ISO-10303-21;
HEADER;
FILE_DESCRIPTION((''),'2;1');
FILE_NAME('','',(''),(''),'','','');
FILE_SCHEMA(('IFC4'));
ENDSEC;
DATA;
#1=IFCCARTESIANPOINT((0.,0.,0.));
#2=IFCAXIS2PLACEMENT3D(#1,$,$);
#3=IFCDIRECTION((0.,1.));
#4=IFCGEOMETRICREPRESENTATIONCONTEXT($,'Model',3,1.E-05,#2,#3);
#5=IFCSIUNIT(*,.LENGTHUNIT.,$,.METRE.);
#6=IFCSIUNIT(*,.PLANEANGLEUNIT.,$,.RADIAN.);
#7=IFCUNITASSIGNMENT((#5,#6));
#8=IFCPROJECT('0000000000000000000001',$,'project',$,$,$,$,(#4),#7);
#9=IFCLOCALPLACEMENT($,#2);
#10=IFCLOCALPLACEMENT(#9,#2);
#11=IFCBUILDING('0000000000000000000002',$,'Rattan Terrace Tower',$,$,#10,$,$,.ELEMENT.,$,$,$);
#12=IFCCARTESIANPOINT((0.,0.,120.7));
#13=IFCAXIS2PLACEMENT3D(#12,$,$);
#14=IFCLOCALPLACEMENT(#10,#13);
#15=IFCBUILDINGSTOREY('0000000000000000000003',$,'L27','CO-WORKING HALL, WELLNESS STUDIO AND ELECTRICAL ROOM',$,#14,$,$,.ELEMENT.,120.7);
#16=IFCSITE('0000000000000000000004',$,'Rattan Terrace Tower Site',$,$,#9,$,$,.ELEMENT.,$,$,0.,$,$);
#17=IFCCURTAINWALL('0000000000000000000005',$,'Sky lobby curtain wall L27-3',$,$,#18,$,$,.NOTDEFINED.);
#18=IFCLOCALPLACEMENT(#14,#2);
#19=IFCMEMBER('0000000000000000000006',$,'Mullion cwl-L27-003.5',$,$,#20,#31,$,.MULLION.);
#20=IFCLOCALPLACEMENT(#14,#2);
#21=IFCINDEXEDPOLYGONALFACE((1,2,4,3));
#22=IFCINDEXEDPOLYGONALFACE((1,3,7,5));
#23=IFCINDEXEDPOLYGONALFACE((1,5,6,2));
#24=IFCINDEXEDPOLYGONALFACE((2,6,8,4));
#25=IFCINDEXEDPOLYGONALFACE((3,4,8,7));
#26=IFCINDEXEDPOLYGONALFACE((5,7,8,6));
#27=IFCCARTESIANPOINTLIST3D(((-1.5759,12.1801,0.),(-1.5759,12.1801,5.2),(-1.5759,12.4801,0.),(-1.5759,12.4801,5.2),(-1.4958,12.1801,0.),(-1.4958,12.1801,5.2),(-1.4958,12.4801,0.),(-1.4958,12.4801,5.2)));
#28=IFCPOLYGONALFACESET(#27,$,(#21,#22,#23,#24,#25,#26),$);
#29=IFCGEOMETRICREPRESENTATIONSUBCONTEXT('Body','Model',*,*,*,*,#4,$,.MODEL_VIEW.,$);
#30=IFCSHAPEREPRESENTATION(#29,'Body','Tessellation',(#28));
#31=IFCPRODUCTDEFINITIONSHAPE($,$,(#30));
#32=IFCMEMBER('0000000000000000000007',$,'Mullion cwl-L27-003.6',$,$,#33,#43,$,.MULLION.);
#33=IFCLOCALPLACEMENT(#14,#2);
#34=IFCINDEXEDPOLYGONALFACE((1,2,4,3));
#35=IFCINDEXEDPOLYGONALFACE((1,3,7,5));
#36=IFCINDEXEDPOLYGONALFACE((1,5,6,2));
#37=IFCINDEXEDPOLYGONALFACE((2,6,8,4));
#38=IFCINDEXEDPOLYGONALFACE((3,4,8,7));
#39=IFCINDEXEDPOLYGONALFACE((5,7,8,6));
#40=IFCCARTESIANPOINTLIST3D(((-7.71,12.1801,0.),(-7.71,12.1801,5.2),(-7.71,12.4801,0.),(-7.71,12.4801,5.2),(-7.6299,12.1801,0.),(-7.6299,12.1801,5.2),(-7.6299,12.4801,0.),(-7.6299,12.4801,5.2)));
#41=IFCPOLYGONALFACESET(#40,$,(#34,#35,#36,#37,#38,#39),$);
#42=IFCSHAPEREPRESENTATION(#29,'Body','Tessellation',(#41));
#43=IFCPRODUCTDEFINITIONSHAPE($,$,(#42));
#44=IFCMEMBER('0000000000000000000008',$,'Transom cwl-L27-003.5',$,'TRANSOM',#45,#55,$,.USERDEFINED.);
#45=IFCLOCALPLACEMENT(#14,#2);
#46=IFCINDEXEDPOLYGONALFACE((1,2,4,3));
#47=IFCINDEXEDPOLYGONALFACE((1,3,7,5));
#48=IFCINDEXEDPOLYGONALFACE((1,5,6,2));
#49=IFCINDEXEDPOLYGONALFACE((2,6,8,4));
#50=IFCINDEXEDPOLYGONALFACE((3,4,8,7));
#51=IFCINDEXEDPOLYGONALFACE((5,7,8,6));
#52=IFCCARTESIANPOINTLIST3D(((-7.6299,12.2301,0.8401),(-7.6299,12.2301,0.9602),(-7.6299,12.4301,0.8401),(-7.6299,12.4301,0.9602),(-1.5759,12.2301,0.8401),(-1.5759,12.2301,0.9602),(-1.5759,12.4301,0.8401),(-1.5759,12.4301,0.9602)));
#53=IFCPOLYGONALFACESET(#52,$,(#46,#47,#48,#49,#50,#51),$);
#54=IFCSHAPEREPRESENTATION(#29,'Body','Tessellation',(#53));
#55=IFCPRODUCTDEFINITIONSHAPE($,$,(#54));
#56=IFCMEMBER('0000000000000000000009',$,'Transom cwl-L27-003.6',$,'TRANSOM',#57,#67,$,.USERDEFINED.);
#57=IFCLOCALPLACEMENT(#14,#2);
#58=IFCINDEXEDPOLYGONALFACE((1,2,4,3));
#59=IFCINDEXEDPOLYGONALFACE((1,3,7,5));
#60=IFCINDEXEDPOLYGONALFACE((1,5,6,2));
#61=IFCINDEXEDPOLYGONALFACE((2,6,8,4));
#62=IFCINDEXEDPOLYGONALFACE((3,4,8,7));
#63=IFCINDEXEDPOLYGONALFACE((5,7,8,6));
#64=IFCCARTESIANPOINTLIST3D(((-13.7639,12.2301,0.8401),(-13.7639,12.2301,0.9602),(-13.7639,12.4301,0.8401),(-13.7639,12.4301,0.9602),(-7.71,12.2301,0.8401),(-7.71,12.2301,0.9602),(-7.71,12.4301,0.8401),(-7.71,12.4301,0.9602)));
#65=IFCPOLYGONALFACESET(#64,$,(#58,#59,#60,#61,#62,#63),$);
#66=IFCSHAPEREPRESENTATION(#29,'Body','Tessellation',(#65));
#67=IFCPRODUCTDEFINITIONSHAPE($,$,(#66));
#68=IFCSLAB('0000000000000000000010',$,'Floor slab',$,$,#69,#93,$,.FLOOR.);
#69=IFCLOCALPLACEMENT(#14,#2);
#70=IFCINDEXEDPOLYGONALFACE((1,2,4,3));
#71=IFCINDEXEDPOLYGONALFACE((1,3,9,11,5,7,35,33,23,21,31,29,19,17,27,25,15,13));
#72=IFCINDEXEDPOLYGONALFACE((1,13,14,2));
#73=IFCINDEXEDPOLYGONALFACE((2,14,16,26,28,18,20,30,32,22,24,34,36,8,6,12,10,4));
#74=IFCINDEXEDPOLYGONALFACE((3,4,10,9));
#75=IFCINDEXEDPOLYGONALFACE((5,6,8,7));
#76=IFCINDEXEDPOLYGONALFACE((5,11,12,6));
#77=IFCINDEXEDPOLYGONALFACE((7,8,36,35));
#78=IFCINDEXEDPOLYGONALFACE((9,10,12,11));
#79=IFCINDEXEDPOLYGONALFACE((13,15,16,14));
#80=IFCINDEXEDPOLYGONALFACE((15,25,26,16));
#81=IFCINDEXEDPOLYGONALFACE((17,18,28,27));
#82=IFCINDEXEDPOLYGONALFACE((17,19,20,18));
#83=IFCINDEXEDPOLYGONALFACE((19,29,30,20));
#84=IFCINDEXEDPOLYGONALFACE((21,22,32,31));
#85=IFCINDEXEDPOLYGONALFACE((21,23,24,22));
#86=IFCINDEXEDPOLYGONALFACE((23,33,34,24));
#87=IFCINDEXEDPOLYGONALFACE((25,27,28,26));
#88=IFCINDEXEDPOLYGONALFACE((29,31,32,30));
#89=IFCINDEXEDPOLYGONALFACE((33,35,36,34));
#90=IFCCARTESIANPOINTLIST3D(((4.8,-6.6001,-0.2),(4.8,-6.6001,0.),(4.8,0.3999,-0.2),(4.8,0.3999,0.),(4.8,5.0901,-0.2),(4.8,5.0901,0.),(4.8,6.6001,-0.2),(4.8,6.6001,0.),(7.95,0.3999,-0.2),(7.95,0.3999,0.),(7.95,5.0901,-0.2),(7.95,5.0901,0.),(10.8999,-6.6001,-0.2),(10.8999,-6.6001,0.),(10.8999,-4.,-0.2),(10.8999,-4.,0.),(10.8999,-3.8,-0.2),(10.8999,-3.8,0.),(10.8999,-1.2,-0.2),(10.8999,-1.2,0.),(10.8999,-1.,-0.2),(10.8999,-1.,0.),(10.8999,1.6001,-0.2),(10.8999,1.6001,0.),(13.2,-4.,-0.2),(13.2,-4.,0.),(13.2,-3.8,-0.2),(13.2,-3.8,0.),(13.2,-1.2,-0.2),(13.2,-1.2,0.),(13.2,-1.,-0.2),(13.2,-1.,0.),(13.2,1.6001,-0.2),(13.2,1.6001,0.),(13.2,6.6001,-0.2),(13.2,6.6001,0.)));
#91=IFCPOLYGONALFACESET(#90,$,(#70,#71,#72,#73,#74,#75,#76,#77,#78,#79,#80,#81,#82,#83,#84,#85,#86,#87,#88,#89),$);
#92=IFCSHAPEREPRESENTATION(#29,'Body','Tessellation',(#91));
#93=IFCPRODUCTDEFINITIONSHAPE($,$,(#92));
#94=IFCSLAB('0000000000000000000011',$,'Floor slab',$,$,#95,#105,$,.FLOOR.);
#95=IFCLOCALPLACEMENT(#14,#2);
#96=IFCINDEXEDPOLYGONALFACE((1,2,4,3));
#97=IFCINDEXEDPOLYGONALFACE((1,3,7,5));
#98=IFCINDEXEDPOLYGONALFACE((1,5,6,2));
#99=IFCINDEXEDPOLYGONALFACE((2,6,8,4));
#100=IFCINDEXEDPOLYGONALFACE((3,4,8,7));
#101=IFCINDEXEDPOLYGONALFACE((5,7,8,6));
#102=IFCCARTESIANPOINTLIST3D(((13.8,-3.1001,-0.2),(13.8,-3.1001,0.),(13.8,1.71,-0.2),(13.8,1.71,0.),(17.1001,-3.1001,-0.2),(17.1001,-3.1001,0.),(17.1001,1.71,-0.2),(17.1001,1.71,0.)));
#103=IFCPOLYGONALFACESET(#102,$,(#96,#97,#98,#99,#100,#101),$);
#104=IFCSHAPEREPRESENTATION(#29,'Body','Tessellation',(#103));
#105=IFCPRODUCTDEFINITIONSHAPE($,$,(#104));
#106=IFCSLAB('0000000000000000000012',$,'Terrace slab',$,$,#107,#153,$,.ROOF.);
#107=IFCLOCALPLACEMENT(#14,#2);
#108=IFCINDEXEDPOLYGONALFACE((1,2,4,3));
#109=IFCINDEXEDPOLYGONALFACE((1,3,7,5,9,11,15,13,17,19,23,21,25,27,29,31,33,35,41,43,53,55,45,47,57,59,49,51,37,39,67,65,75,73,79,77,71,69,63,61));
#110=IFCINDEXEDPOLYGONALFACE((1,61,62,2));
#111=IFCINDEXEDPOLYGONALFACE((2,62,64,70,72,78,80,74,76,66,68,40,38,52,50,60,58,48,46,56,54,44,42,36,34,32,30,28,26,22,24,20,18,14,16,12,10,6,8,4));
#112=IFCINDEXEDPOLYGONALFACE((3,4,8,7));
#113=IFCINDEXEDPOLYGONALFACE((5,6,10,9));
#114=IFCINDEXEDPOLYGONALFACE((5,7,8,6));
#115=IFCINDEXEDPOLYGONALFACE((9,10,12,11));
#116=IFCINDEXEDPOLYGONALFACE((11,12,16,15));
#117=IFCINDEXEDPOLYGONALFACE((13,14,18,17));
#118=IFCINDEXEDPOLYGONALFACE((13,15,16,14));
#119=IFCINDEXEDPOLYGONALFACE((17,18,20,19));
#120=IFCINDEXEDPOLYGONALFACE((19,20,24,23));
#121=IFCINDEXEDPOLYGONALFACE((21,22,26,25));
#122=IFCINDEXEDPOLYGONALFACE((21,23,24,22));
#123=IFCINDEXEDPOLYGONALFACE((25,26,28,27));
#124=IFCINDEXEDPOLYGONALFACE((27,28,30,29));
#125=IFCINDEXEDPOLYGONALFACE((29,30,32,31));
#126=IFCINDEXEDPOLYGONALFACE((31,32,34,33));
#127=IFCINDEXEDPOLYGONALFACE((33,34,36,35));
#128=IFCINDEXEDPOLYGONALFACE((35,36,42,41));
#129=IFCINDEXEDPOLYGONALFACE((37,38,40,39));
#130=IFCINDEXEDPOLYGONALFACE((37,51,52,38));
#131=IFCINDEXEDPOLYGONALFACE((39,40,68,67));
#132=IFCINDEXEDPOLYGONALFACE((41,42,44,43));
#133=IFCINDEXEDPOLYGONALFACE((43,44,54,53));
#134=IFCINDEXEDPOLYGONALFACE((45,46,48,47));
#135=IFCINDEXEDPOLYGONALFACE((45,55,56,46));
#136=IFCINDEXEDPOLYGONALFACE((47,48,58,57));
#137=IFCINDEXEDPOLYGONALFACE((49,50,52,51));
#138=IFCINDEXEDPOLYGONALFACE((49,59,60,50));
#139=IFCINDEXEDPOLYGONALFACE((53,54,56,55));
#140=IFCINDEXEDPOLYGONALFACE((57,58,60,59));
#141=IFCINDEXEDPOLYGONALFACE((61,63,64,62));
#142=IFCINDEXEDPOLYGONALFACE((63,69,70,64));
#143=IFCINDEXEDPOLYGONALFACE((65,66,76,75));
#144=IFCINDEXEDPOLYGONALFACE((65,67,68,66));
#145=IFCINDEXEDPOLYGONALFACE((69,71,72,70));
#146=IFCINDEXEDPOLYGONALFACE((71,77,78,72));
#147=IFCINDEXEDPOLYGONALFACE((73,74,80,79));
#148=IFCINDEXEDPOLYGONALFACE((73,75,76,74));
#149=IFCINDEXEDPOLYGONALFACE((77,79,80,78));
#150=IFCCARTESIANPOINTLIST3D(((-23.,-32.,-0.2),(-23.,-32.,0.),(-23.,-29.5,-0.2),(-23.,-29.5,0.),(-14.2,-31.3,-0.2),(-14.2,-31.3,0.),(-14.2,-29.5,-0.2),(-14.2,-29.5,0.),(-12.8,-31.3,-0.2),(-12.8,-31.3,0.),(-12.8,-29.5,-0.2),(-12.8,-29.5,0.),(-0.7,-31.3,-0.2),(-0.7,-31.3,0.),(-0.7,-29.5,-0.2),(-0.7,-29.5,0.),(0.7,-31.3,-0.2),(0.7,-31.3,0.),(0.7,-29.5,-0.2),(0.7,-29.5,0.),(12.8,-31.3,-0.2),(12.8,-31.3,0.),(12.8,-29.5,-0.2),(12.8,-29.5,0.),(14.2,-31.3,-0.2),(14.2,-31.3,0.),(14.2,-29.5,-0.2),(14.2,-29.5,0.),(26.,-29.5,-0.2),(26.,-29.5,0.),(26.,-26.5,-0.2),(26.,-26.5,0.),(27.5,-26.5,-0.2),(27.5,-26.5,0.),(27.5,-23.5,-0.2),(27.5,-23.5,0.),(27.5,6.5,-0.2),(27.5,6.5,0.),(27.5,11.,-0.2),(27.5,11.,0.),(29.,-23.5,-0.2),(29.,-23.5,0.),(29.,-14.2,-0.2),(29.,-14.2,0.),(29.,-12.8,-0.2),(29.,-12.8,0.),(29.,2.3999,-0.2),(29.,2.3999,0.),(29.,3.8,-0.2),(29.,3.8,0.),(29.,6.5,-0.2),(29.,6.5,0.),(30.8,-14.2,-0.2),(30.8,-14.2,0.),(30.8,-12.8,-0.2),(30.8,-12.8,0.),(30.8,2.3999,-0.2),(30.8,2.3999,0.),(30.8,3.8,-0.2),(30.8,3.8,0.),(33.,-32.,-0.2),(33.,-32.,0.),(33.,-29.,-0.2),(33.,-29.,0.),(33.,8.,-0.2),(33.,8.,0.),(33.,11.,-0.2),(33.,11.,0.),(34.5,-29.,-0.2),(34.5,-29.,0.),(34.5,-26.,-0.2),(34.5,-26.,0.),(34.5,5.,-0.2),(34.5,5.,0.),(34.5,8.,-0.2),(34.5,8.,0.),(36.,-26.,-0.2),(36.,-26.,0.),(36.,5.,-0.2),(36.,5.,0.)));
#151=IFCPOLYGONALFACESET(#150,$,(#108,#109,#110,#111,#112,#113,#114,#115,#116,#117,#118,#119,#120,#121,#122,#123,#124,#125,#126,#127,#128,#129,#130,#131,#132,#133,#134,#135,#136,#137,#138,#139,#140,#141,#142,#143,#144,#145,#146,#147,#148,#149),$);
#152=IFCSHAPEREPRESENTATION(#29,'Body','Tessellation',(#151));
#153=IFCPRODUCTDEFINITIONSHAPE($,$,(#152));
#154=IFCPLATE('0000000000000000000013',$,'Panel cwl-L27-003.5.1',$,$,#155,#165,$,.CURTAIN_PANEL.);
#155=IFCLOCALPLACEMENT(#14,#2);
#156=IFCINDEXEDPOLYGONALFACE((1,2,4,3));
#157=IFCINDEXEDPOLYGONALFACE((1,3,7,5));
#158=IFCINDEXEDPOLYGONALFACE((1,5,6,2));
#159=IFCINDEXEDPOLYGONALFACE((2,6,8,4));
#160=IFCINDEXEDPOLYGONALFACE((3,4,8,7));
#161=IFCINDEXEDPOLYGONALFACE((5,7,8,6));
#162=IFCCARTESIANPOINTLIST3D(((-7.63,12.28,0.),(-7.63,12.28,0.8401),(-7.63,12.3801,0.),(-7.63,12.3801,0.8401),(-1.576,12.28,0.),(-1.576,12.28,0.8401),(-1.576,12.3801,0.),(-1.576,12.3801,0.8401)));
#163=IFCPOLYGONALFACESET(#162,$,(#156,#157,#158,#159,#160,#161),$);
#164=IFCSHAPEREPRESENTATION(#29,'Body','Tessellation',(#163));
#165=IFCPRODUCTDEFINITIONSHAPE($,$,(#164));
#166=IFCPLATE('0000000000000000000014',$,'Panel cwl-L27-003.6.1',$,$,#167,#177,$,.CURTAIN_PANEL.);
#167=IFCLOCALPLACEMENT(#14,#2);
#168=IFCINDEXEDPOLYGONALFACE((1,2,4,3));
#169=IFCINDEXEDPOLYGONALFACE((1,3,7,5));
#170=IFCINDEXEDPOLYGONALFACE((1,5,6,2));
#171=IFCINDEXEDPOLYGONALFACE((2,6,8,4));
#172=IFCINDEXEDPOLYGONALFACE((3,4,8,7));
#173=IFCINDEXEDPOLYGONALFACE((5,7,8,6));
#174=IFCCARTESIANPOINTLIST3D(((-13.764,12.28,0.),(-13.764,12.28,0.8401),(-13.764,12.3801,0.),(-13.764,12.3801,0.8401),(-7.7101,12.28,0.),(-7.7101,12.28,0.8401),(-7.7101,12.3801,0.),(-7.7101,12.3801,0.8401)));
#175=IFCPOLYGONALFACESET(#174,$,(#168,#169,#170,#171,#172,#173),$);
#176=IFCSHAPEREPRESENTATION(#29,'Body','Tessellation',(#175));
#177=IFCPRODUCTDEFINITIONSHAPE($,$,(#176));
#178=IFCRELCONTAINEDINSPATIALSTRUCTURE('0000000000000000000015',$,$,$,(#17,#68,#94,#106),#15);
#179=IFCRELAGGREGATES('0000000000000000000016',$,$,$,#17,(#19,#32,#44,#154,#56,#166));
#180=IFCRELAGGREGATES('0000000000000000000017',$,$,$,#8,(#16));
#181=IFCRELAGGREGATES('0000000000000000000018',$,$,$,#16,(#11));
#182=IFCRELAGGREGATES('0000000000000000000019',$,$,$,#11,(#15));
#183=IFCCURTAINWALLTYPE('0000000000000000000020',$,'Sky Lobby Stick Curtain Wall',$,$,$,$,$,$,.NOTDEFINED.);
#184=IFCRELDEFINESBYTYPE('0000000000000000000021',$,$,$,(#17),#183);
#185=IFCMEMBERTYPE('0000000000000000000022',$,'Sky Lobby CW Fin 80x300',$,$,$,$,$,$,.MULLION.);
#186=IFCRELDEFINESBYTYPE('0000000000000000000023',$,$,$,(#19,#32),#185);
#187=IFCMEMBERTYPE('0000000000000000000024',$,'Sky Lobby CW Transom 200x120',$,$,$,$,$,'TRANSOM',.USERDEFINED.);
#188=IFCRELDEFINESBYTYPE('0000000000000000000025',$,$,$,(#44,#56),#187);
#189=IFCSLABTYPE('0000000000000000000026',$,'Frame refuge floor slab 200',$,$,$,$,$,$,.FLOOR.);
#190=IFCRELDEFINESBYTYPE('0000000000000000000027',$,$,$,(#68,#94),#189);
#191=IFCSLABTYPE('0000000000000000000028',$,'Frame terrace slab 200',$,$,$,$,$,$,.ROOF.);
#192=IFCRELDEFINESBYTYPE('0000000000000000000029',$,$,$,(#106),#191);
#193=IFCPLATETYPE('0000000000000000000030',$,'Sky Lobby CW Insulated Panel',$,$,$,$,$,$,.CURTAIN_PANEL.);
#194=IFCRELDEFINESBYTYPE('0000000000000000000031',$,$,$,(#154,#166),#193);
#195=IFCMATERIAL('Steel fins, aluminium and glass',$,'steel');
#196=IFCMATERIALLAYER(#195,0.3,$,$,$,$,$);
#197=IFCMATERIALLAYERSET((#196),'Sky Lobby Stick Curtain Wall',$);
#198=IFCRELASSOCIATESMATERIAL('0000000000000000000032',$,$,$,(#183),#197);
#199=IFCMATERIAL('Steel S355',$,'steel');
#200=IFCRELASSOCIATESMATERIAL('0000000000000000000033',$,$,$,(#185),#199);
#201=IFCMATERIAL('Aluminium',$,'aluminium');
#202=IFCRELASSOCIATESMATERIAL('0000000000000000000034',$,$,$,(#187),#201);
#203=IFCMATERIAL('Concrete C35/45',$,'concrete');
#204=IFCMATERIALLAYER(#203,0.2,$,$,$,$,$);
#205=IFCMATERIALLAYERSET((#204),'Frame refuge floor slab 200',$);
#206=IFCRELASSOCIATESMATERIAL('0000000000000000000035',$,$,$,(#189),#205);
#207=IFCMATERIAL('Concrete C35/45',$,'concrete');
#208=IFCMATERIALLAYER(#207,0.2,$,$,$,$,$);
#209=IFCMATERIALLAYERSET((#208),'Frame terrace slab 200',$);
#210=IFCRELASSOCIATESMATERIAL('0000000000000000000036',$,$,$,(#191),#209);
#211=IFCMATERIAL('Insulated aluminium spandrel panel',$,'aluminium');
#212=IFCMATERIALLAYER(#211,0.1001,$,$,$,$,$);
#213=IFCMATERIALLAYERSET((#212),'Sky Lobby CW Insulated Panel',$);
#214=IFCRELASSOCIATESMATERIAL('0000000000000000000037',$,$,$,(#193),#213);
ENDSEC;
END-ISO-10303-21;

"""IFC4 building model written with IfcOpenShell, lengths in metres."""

from ifc_helpers import new_model, si_unit, direction, frame, origin, origin_2d, place, context, subcontext, project, spatial, polyline, rectangle, outline, extrude, material, layer, layer_set, material_profile, profile_set, type_object, element, aggregate, save


model = new_model("IFC4")

# Units and contexts
model_context = context("Model", 3, precision=1e-05, world=origin(), true_north=direction((0.0, 1.0)))
body_context = subcontext(model_context, "Body", "Model", "MODEL_VIEW")
ifc_project = project(units=[si_unit("LENGTHUNIT", "METRE"), si_unit("PLANEANGLEUNIT", "RADIAN")], contexts=[model_context])

# Site, building, storey
site_placement = place(None, origin())
site = spatial("IfcSite", under=ifc_project, at=site_placement, Name="Rattan Terrace Tower Site", CompositionType="ELEMENT", RefElevation=0.0)
building_placement = place(site_placement, origin())
building = spatial("IfcBuilding", under=site, at=building_placement, Name="Rattan Terrace Tower", CompositionType="ELEMENT")
storey_placement = place(building_placement, frame((0.0, 0.0, 120.7)))
storey = spatial("IfcBuildingStorey", under=building, at=storey_placement, Name="L27", Description="CO-WORKING HALL, WELLNESS STUDIO AND ELECTRICAL ROOM", CompositionType="ELEMENT", Elevation=120.7)

# Curtain wall, members
ifc_material_1 = material(Name="Steel fins, aluminium and glass", Category="steel")
ifc_layer_1 = layer(ifc_material_1, 0.3)
ifc_layer_set_1 = layer_set([ifc_layer_1], Name="Sky Lobby Stick Curtain Wall")
curtain_wall_type = type_object("IfcCurtainWallType", Name="Sky Lobby Stick Curtain Wall", PredefinedType="NOTDEFINED", material=ifc_layer_set_1)
curtain_wall_placement = place(storey_placement, origin())
curtain_wall = element("IfcCurtainWall", 1, at=curtain_wall_placement, inside=storey, type_object=curtain_wall_type, Name="Sky lobby curtain wall L27-3", PredefinedType="NOTDEFINED")
ifc_material_2 = material(Name="Steel S355", Category="steel")
ifc_material_profile_1 = material_profile(ifc_material_2, rectangle(XDim=0.0801, YDim=0.3, at=origin_2d()), Name="Steel S355 80x300")
ifc_profile_set_1 = profile_set([ifc_material_profile_1], Name="Steel S355")
member_type_1 = type_object("IfcMemberType", Name="Sky Lobby CW Fin 80x300", PredefinedType="MULLION", material=ifc_profile_set_1)
member_1_placement = place(storey_placement, frame((-1.5359, 12.3301, 0.0), z_axis=(0.0, 0.0, 1.0), x_axis=(-1.0, 0.0, 0.0)))
member_1 = element("IfcMember", 2, at=member_1_placement, type_object=member_type_1, Name="Mullion cwl-L27-003.5", PredefinedType="MULLION", context=body_context, shape_type="SweptSolid", body=[
    extrude(rectangle(XDim=0.0801, YDim=0.3, at=origin_2d()), origin(), (0.0, 0.0, 1.0), 5.2),
])
member_2_placement = place(storey_placement, frame((-7.6699, 12.3301, 0.0), z_axis=(0.0, 0.0, 1.0), x_axis=(-1.0, 0.0, 0.0)))
member_2 = element("IfcMember", 3, at=member_2_placement, type_object=member_type_1, Name="Mullion cwl-L27-003.6", PredefinedType="MULLION", context=body_context, shape_type="SweptSolid", body=[
    extrude(rectangle(XDim=0.0801, YDim=0.3, at=origin_2d()), origin(), (0.0, 0.0, 1.0), 5.2),
])
ifc_material_3 = material(Name="Aluminium", Category="aluminium")
ifc_material_profile_2 = material_profile(ifc_material_3, rectangle(XDim=0.2, YDim=0.1201, at=origin_2d()), Name="Aluminium 200x120")
ifc_profile_set_2 = profile_set([ifc_material_profile_2], Name="Aluminium")
member_type_2 = type_object("IfcMemberType", Name="Sky Lobby CW Transom 200x120", ElementType="TRANSOM", PredefinedType="USERDEFINED", material=ifc_profile_set_2)
member_3_placement = place(storey_placement, frame((-1.5759, 12.3301, 0.9001), z_axis=(-1.0, 0.0, 0.0), x_axis=(0.0, -1.0, 0.0)))
member_3 = element("IfcMember", 4, at=member_3_placement, type_object=member_type_2, Name="Transom cwl-L27-003.5", ObjectType="TRANSOM", PredefinedType="USERDEFINED", context=body_context, shape_type="SweptSolid", body=[
    extrude(rectangle(XDim=0.2, YDim=0.1201, at=origin_2d()), origin(), (0.0, 0.0, 1.0), 6.054),
])
member_4_placement = place(storey_placement, frame((-7.71, 12.3301, 0.9001), z_axis=(-1.0, 0.0, 0.0), x_axis=(0.0, -1.0, 0.0)))
member_4 = element("IfcMember", 5, at=member_4_placement, type_object=member_type_2, Name="Transom cwl-L27-003.6", ObjectType="TRANSOM", PredefinedType="USERDEFINED", context=body_context, shape_type="SweptSolid", body=[
    extrude(rectangle(XDim=0.2, YDim=0.1201, at=origin_2d()), origin(), (0.0, 0.0, 1.0), 6.054),
])

# Slabs
ifc_material_4 = material(Name="Concrete C35/45", Category="concrete")
ifc_layer_2 = layer(ifc_material_4, 0.2)
ifc_layer_set_2 = layer_set([ifc_layer_2], Name="Frame refuge floor slab 200")
slab_type_1 = type_object("IfcSlabType", Name="Frame refuge floor slab 200", PredefinedType="FLOOR", material=ifc_layer_set_2)
slab_1_placement = place(storey_placement, frame((0.0, 0.0, -0.2)))
element("IfcSlab", 6, at=slab_1_placement, inside=storey, type_object=slab_type_1, Name="Floor slab", PredefinedType="FLOOR", context=body_context, shape_type="SweptSolid", body=[
    extrude(outline(polyline([(4.8, 5.0901), (7.95, 5.0901), (7.95, 0.3999), (4.8, 0.3999), (4.8, -6.6001), (10.8999, -6.6001), (10.8999, -4.0), (13.2, -4.0), (13.2, -3.8), (10.8999, -3.8), (10.8999, -1.2), (13.2, -1.2), (13.2, -1.0), (10.8999, -1.0), (10.8999, 1.6001), (13.2, 1.6001), (13.2, 6.6001), (4.8, 6.6001), (4.8, 5.0901)])), origin(), (0.0, 0.0, 1.0), 0.2),
])
slab_2_placement = place(storey_placement, frame((0.0, 0.0, -0.2)))
element("IfcSlab", 7, at=slab_2_placement, inside=storey, type_object=slab_type_1, Name="Floor slab", PredefinedType="FLOOR", context=body_context, shape_type="SweptSolid", body=[
    extrude(outline(polyline([(13.8, -3.1001), (17.1001, -3.1001), (17.1001, 1.71), (13.8, 1.71), (13.8, -3.1001)])), origin(), (0.0, 0.0, 1.0), 0.2),
])
ifc_material_5 = material(Name="Concrete C35/45", Category="concrete")
ifc_layer_3 = layer(ifc_material_5, 0.2)
ifc_layer_set_3 = layer_set([ifc_layer_3], Name="Frame terrace slab 200")
slab_type_2 = type_object("IfcSlabType", Name="Frame terrace slab 200", PredefinedType="ROOF", material=ifc_layer_set_3)
slab_3_placement = place(storey_placement, frame((0.0, 0.0, -0.2)))
element("IfcSlab", 8, at=slab_3_placement, inside=storey, type_object=slab_type_2, Name="Terrace slab", PredefinedType="ROOF", context=body_context, shape_type="SweptSolid", body=[
    extrude(outline(polyline([(29.0, 6.5), (29.0, 3.8), (30.8, 3.8), (30.8, 2.3999), (29.0, 2.3999), (29.0, -12.8), (30.8, -12.8), (30.8, -14.2), (29.0, -14.2), (29.0, -23.5), (27.5, -23.5), (27.5, -26.5), (26.0, -26.5), (26.0, -29.5), (14.2, -29.5), (14.2, -31.3), (12.8, -31.3), (12.8, -29.5), (0.7, -29.5), (0.7, -31.3), (-0.7, -31.3), (-0.7, -29.5), (-12.8, -29.5), (-12.8, -31.3), (-14.2, -31.3), (-14.2, -29.5), (-23.0, -29.5), (-23.0, -32.0), (33.0, -32.0), (33.0, -29.0), (34.5, -29.0), (34.5, -26.0), (36.0, -26.0), (36.0, 5.0), (34.5, 5.0), (34.5, 8.0), (33.0, 8.0), (33.0, 11.0), (27.5, 11.0), (27.5, 6.5), (29.0, 6.5)])), origin(), (0.0, 0.0, 1.0), 0.2),
])

# Plates
ifc_material_6 = material(Name="Insulated aluminium spandrel panel", Category="aluminium")
ifc_layer_4 = layer(ifc_material_6, 0.1001)
ifc_layer_set_4 = layer_set([ifc_layer_4], Name="Sky Lobby CW Insulated Panel")
plate_type_1 = type_object("IfcPlateType", Name="Sky Lobby CW Insulated Panel", PredefinedType="CURTAIN_PANEL", material=ifc_layer_set_4)
plate_1_placement = place(storey_placement, frame((-4.603, 12.3301, 0.0), z_axis=(0.0, 0.0, 1.0), x_axis=(-1.0, 0.0, 0.0)))
plate_1 = element("IfcPlate", 9, at=plate_1_placement, type_object=plate_type_1, Name="Panel cwl-L27-003.5.1", PredefinedType="CURTAIN_PANEL", context=body_context, shape_type="SweptSolid", body=[
    extrude(rectangle(XDim=6.054, YDim=0.1001, at=origin_2d()), origin(), (0.0, 0.0, 1.0), 0.8401),
])
plate_2_placement = place(storey_placement, frame((-10.7371, 12.3301, 0.0), z_axis=(0.0, 0.0, 1.0), x_axis=(-1.0, 0.0, 0.0)))
plate_2 = element("IfcPlate", 10, at=plate_2_placement, type_object=plate_type_1, Name="Panel cwl-L27-003.6.1", PredefinedType="CURTAIN_PANEL", context=body_context, shape_type="SweptSolid", body=[
    extrude(rectangle(XDim=6.054, YDim=0.1001, at=origin_2d()), origin(), (0.0, 0.0, 1.0), 0.8401),
])
aggregate(curtain_wall, [member_1, member_2, member_3, plate_1, member_4, plate_2])

save(model, "model.ifc")
